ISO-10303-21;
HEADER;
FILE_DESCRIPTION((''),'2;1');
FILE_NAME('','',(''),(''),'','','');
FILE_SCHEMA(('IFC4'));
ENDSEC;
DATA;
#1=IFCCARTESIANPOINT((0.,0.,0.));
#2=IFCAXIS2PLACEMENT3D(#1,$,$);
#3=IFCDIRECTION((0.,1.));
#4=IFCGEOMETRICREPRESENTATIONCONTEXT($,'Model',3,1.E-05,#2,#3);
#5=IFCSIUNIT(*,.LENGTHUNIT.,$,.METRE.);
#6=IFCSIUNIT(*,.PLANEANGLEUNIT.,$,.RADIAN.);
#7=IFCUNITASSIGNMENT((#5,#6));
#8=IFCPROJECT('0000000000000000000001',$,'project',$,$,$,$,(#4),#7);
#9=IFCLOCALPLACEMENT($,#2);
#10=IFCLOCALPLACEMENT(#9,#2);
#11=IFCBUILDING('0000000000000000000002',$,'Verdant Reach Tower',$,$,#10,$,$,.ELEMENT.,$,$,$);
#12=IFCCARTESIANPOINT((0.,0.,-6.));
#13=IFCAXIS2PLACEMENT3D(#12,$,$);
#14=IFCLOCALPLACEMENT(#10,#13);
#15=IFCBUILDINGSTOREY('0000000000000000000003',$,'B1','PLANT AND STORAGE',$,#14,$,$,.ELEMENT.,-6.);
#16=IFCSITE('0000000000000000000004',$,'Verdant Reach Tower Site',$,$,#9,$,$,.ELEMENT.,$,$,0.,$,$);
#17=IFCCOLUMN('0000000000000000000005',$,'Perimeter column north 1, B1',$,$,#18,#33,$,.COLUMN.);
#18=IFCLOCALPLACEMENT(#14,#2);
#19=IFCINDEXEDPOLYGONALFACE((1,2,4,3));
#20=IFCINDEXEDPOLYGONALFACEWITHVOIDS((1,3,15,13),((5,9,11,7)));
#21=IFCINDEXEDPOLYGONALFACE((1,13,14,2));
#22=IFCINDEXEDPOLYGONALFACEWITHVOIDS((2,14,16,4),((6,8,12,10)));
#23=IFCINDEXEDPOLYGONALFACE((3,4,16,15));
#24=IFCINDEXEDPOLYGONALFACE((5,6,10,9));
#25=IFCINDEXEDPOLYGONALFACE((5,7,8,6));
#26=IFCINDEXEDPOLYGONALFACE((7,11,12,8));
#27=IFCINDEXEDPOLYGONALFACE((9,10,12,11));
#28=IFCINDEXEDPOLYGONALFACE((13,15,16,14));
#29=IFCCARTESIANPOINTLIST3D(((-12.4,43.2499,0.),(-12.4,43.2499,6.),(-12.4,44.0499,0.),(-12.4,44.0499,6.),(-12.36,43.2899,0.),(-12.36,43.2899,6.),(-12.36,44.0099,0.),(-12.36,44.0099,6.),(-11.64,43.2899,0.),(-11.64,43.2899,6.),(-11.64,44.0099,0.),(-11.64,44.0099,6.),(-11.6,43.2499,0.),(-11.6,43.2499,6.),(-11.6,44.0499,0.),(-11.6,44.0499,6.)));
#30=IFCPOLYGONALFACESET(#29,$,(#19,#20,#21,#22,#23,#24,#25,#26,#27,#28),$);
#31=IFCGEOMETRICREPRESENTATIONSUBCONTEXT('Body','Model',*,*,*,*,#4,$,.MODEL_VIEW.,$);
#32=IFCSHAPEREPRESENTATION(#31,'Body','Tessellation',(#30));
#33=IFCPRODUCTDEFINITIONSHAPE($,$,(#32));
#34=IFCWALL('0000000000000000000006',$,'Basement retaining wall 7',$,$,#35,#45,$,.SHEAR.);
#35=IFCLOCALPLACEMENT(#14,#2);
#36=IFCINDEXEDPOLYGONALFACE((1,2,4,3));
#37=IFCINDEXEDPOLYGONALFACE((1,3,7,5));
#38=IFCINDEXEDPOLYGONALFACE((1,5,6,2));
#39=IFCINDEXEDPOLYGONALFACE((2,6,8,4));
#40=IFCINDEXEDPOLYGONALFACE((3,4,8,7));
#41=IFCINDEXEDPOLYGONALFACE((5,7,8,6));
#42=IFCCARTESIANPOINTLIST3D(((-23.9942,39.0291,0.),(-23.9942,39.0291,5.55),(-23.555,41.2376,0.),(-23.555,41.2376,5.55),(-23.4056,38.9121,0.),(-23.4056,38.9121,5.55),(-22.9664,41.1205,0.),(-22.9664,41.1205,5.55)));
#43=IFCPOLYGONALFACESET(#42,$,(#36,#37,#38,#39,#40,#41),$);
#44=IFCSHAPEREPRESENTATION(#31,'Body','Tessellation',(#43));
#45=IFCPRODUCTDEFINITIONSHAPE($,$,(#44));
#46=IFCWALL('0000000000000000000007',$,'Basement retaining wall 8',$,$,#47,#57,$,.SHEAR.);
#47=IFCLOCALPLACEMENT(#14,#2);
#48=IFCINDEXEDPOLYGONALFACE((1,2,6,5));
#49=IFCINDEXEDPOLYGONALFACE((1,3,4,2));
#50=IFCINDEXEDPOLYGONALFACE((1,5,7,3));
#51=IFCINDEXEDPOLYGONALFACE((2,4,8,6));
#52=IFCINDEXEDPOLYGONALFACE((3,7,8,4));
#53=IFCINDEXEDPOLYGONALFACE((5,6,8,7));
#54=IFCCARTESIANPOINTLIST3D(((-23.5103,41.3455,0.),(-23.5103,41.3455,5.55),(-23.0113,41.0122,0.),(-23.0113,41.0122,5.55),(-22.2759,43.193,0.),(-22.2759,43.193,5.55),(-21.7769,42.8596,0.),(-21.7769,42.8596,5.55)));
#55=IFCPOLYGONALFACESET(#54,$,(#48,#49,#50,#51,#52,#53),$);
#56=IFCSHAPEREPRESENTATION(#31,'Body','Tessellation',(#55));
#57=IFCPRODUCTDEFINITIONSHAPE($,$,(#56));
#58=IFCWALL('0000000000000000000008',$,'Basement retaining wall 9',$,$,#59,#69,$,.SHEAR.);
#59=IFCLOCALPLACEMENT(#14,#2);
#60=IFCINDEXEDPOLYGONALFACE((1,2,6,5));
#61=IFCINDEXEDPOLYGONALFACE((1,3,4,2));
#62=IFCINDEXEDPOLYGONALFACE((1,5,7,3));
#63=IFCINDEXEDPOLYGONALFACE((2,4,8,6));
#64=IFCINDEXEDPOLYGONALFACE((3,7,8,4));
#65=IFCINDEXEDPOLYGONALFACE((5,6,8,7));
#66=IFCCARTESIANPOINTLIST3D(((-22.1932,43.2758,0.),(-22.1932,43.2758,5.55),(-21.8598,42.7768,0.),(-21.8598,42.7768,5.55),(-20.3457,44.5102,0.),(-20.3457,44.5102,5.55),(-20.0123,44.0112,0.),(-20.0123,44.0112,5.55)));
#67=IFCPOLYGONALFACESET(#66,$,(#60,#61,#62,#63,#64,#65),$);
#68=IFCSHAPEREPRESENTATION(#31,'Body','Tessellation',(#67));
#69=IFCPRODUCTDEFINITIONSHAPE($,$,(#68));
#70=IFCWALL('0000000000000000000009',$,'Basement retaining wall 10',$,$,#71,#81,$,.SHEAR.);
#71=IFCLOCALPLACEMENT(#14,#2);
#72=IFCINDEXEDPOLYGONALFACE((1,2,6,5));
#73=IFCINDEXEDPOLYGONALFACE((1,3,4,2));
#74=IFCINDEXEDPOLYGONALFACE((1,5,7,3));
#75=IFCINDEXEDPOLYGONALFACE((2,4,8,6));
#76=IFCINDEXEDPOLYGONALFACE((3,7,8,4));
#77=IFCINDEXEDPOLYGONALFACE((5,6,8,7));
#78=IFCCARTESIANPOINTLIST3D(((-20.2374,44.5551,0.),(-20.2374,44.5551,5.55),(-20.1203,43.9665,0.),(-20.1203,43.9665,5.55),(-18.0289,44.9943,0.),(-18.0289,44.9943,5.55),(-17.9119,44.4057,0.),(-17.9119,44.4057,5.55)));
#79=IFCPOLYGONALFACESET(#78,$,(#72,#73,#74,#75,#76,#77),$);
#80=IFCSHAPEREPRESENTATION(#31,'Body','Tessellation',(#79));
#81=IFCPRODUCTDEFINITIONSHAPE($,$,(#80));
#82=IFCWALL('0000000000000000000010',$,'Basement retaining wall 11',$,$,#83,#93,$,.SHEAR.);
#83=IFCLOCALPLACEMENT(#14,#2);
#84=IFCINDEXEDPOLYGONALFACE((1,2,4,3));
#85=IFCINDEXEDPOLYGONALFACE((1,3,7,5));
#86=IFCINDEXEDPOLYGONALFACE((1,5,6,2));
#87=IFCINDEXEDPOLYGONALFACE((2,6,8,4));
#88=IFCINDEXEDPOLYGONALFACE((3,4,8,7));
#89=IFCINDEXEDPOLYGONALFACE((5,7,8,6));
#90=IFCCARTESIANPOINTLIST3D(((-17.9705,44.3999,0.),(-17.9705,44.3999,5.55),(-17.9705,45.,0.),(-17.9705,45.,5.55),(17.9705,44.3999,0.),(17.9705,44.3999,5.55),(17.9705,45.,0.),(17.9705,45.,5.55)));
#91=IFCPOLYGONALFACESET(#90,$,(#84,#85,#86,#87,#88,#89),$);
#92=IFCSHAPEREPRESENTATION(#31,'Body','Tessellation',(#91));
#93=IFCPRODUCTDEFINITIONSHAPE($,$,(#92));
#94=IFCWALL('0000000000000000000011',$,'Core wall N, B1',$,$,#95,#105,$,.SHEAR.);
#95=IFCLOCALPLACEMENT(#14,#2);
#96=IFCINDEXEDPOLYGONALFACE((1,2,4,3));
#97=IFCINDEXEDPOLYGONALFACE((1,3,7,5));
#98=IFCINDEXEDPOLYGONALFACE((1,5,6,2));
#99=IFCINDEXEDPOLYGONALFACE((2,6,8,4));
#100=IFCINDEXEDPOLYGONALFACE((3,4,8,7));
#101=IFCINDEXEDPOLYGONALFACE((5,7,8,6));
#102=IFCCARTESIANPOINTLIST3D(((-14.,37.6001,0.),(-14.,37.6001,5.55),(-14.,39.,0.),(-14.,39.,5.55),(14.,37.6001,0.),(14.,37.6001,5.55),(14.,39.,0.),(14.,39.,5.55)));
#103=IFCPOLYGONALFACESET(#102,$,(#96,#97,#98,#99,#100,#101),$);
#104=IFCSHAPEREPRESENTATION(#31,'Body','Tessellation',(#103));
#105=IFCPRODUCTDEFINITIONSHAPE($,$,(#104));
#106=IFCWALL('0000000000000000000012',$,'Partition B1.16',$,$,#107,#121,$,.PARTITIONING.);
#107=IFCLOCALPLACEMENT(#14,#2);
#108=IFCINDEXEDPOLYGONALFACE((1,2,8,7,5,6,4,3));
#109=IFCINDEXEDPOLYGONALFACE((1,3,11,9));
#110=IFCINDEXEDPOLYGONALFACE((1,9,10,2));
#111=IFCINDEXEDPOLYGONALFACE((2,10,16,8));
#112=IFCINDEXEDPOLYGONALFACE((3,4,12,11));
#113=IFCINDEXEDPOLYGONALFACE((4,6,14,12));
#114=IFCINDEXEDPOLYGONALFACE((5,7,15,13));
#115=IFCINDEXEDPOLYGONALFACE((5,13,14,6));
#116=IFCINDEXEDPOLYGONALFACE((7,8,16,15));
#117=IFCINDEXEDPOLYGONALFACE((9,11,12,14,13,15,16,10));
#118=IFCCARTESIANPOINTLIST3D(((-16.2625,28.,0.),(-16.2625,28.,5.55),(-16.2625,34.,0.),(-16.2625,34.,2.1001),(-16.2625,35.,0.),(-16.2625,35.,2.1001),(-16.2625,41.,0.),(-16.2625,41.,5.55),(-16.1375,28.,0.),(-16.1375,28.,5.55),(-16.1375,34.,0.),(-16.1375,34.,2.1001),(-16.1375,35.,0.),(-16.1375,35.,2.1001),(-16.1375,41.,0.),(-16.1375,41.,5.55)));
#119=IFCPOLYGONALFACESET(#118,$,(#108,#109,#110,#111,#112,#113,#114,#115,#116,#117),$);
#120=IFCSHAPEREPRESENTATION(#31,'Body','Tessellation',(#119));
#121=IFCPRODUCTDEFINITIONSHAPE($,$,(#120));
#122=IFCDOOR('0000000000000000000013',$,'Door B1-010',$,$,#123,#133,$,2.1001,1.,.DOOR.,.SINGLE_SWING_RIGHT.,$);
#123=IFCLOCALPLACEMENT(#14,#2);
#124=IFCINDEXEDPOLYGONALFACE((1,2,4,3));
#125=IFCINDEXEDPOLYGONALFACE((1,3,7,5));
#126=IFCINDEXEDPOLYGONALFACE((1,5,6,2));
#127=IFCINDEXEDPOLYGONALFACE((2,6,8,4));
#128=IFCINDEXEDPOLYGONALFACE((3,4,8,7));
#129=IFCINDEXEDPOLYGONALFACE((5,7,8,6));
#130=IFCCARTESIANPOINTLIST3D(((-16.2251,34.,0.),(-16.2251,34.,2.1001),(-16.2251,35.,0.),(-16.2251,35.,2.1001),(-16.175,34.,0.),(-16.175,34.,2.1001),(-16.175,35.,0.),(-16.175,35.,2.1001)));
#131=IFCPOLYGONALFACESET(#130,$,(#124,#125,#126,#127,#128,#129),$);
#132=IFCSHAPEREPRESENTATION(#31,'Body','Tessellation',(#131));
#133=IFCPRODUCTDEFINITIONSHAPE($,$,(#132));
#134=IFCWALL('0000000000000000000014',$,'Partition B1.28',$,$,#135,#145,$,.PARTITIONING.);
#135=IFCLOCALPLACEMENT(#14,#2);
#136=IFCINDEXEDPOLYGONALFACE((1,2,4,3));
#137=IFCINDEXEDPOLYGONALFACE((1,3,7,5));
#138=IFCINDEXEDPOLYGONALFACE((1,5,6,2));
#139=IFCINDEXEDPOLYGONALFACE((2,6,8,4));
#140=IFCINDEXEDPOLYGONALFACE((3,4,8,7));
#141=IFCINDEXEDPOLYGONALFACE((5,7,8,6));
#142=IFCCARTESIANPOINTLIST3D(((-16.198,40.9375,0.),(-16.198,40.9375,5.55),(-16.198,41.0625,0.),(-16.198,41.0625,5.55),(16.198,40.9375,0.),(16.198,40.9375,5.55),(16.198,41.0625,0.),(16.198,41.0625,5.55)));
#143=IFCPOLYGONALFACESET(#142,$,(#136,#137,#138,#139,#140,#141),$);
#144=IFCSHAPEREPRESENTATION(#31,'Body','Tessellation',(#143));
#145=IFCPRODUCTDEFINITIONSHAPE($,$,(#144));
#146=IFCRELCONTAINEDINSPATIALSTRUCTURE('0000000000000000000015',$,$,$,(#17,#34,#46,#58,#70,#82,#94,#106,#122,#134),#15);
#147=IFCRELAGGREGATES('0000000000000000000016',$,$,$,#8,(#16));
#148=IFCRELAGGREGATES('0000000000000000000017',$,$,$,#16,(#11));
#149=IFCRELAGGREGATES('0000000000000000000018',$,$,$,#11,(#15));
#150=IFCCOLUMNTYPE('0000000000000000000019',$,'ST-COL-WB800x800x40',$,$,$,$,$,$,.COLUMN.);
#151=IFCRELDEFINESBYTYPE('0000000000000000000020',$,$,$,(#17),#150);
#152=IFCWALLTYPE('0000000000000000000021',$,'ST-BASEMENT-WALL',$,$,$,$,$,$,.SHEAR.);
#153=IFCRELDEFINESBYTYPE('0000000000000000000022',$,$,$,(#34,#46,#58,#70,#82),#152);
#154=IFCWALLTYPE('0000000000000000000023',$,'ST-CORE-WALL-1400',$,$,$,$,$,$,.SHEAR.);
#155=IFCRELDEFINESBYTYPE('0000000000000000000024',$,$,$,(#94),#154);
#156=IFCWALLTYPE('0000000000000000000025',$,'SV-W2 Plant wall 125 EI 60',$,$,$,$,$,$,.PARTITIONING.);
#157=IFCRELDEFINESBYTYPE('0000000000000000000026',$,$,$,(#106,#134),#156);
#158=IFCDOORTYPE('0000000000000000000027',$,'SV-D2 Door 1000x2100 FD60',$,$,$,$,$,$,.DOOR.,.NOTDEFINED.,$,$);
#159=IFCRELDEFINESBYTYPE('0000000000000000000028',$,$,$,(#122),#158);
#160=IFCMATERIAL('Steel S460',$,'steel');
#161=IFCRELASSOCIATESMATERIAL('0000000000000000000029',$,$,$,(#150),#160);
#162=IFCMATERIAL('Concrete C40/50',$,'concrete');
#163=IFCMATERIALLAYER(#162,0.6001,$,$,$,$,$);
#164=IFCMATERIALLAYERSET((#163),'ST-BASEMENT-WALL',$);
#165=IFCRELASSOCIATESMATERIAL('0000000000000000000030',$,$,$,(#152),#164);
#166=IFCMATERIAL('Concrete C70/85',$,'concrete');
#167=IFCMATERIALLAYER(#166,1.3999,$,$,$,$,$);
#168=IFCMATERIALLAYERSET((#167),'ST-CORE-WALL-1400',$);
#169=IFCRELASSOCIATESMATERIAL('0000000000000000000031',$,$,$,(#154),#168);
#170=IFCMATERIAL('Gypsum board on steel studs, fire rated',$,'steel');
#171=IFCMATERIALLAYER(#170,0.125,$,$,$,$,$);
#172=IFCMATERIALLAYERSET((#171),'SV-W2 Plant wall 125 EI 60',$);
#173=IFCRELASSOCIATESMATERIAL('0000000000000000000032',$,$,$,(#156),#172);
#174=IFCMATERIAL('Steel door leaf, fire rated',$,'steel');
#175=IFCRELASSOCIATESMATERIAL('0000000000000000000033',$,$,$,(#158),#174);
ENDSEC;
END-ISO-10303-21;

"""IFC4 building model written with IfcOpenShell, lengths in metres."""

from ifc_helpers import new_model, si_unit, direction, frame, frame_2d, origin, origin_2d, place, context, subcontext, project, spatial, rectangle, hollow_rectangle, extrude, material, layer, layer_set, material_profile, profile_set, type_object, element, fill, save


model = new_model("IFC4")

# Units and contexts
model_context = context("Model", 3, precision=1e-05, world=origin(), true_north=direction((0.0, 1.0)))
body_context = subcontext(model_context, "Body", "Model", "MODEL_VIEW")
ifc_project = project(units=[si_unit("LENGTHUNIT", "METRE"), si_unit("PLANEANGLEUNIT", "RADIAN")], contexts=[model_context])

# Site, building, storey
site_placement = place(None, origin())
site = spatial("IfcSite", under=ifc_project, at=site_placement, Name="Verdant Reach Tower Site", CompositionType="ELEMENT", RefElevation=0.0)
building_placement = place(site_placement, origin())
building = spatial("IfcBuilding", under=site, at=building_placement, Name="Verdant Reach Tower", CompositionType="ELEMENT")
storey_placement = place(building_placement, frame((0.0, 0.0, -6.0)))
storey = spatial("IfcBuildingStorey", under=building, at=storey_placement, Name="B1", Description="PLANT AND STORAGE", CompositionType="ELEMENT", Elevation=-6.0)

# Shared definitions
ifc_material_1 = material(Name="Concrete C40/50", Category="concrete")

# Column
ifc_material_2 = material(Name="Steel S460", Category="steel")
ifc_material_profile_1 = material_profile(ifc_material_2, hollow_rectangle(XDim=0.8, YDim=0.8, WallThickness=0.04, at=origin_2d()), Name="WB 800x800x40")
ifc_profile_set_1 = profile_set([ifc_material_profile_1], Name="Steel S460")
column_type_1 = type_object("IfcColumnType", Name="ST-COL-WB800x800x40", PredefinedType="COLUMN", material=ifc_profile_set_1)
column_1_placement = place(storey_placement, frame((-12.0, 43.6499, 0.0), z_axis=(0.0, 0.0, 1.0), x_axis=(1.0, 0.0, 0.0)))
element("IfcColumn", 1, at=column_1_placement, inside=storey, type_object=column_type_1, Name="Perimeter column north 1, B1", PredefinedType="COLUMN", context=body_context, shape_type="SweptSolid", body=[
    extrude(hollow_rectangle(XDim=0.8, YDim=0.8, WallThickness=0.04, at=origin_2d()), origin(), (0.0, 0.0, 1.0), 6.0),
])

# Walls
ifc_layer_1 = layer(ifc_material_1, 0.6001)
ifc_layer_set_1 = layer_set([ifc_layer_1], Name="ST-BASEMENT-WALL")
wall_type_1 = type_object("IfcWallType", Name="ST-BASEMENT-WALL", PredefinedType="SHEAR", material=ifc_layer_set_1)
wall_1_placement = place(storey_placement, frame((-23.7, 38.9705, 0.0), z_axis=(0.0, 0.0, 1.0), x_axis=(0.195053, 0.980793, 0.0)))
element("IfcWall", 2, at=wall_1_placement, inside=storey, type_object=wall_type_1, Name="Basement retaining wall 7", PredefinedType="SHEAR", context=body_context, shape_type="SweptSolid", body=[
    extrude(rectangle(XDim=2.2517, YDim=0.6001, at=frame_2d((1.126, 0.0))), origin(), (0.0, 0.0, 1.0), 5.55),
])
for number, where, z_axis, x_axis, name in (
    (3, (-23.2607, 41.179, 0.0), (0.0, 0.0, 1.0), (0.555562, 0.831475, 0.0), "Basement retaining wall 8"),
    (4, (-22.0264, 43.0264, 0.0), (0.0, 0.0, 1.0), (0.831475, 0.555562, 0.0), "Basement retaining wall 9"),
):
    element("IfcWall", number, at=place(storey_placement, frame(where, z_axis=z_axis, x_axis=x_axis)), inside=storey, type_object=wall_type_1, Name=name, PredefinedType="SHEAR", context=body_context, shape_type="SweptSolid", body=[
        extrude(rectangle(XDim=2.2219, YDim=0.6001, at=frame_2d((1.1108, 0.0))), origin(), (0.0, 0.0, 1.0), 5.55),
    ])
wall_2_placement = place(storey_placement, frame((-20.179, 44.2607, 0.0), z_axis=(0.0, 0.0, 1.0), x_axis=(0.980793, 0.195053, 0.0)))
element("IfcWall", 5, at=wall_2_placement, inside=storey, type_object=wall_type_1, Name="Basement retaining wall 10", PredefinedType="SHEAR", context=body_context, shape_type="SweptSolid", body=[
    extrude(rectangle(XDim=2.2517, YDim=0.6001, at=frame_2d((1.126, 0.0))), origin(), (0.0, 0.0, 1.0), 5.55),
])
wall_3_placement = place(storey_placement, frame((-17.9705, 44.7, 0.0), z_axis=(0.0, 0.0, 1.0), x_axis=(1.0, 0.0, 0.0)))
element("IfcWall", 6, at=wall_3_placement, inside=storey, type_object=wall_type_1, Name="Basement retaining wall 11", PredefinedType="SHEAR", context=body_context, shape_type="SweptSolid", body=[
    extrude(rectangle(XDim=35.9409, YDim=0.6001, at=frame_2d((17.9705, 0.0))), origin(), (0.0, 0.0, 1.0), 5.55),
])
ifc_material_3 = material(Name="Concrete C70/85", Category="concrete")
ifc_layer_2 = layer(ifc_material_3, 1.3999)
ifc_layer_set_2 = layer_set([ifc_layer_2], Name="ST-CORE-WALL-1400")
wall_type_2 = type_object("IfcWallType", Name="ST-CORE-WALL-1400", PredefinedType="SHEAR", material=ifc_layer_set_2)
wall_4_placement = place(storey_placement, frame((-14.0, 38.3, 0.0), z_axis=(0.0, 0.0, 1.0), x_axis=(1.0, 0.0, 0.0)))
element("IfcWall", 7, at=wall_4_placement, inside=storey, type_object=wall_type_2, Name="Core wall N, B1", PredefinedType="SHEAR", context=body_context, shape_type="SweptSolid", body=[
    extrude(rectangle(XDim=28.0, YDim=1.3999, at=frame_2d((14.0, 0.0))), origin(), (0.0, 0.0, 1.0), 5.55),
])

# Wall, opening, door
ifc_material_4 = material(Name="Gypsum board on steel studs, fire rated", Category="steel")
ifc_layer_3 = layer(ifc_material_4, 0.125)
ifc_layer_set_3 = layer_set([ifc_layer_3], Name="SV-W2 Plant wall 125 EI 60")
wall_type_3 = type_object("IfcWallType", Name="SV-W2 Plant wall 125 EI 60", PredefinedType="PARTITIONING", material=ifc_layer_set_3)
wall_5_placement = place(storey_placement, frame((-16.2, 41.0, 0.0), z_axis=(0.0, 0.0, 1.0), x_axis=(0.0, -1.0, 0.0)))
wall_5 = element("IfcWall", 8, at=wall_5_placement, inside=storey, type_object=wall_type_3, Name="Partition B1.16", PredefinedType="PARTITIONING", context=body_context, shape_type="SweptSolid", body=[
    extrude(rectangle(XDim=13.0, YDim=0.125, at=frame_2d((6.5, 0.0))), origin(), (0.0, 0.0, 1.0), 5.55),
])
opening_placement = place(wall_5_placement, frame((6.0, 0.0, 0.0)))
opening = element("IfcOpeningElement", 9, at=opening_placement, cuts=wall_5, PredefinedType="OPENING", context=body_context, shape_type="SweptSolid", body=[
    extrude(rectangle(XDim=1.0, YDim=2.1001, at=frame_2d((0.5, 1.05))), frame((0.0, 0.0725, 0.0), z_axis=(0.0, -1.0, 0.0), x_axis=(1.0, 0.0, 0.0)), (0.0, 0.0, 1.0), 0.145),
])
ifc_material_5 = material(Name="Steel door leaf, fire rated", Category="steel")
door_type = type_object("IfcDoorType", Name="SV-D2 Door 1000x2100 FD60", OperationType="NOTDEFINED", PredefinedType="DOOR", material=ifc_material_5)
door_placement = place(opening_placement, origin())
door = element("IfcDoor", 10, at=door_placement, inside=storey, type_object=door_type, Name="Door B1-010", OperationType="SINGLE_SWING_RIGHT", OverallHeight=2.1001, OverallWidth=1.0, PredefinedType="DOOR", context=body_context, shape_type="SweptSolid", body=[
    extrude(rectangle(XDim=1.0, YDim=2.1001, at=frame_2d((0.5, 1.05))), frame((0.0, 0.0249, 0.0), z_axis=(0.0, -1.0, 0.0), x_axis=(1.0, 0.0, 0.0)), (0.0, 0.0, 1.0), 0.05),
])
fill(opening, door)

# Wall
wall_6_placement = place(storey_placement, frame((-16.198, 41.0, 0.0), z_axis=(0.0, 0.0, 1.0), x_axis=(1.0, 0.0, 0.0)))
element("IfcWall", 11, at=wall_6_placement, inside=storey, type_object=wall_type_3, Name="Partition B1.28", PredefinedType="PARTITIONING", context=body_context, shape_type="SweptSolid", body=[
    extrude(rectangle(XDim=32.396, YDim=0.125, at=frame_2d((16.198, 0.0))), origin(), (0.0, 0.0, 1.0), 5.55),
])

save(model, "model.ifc")
